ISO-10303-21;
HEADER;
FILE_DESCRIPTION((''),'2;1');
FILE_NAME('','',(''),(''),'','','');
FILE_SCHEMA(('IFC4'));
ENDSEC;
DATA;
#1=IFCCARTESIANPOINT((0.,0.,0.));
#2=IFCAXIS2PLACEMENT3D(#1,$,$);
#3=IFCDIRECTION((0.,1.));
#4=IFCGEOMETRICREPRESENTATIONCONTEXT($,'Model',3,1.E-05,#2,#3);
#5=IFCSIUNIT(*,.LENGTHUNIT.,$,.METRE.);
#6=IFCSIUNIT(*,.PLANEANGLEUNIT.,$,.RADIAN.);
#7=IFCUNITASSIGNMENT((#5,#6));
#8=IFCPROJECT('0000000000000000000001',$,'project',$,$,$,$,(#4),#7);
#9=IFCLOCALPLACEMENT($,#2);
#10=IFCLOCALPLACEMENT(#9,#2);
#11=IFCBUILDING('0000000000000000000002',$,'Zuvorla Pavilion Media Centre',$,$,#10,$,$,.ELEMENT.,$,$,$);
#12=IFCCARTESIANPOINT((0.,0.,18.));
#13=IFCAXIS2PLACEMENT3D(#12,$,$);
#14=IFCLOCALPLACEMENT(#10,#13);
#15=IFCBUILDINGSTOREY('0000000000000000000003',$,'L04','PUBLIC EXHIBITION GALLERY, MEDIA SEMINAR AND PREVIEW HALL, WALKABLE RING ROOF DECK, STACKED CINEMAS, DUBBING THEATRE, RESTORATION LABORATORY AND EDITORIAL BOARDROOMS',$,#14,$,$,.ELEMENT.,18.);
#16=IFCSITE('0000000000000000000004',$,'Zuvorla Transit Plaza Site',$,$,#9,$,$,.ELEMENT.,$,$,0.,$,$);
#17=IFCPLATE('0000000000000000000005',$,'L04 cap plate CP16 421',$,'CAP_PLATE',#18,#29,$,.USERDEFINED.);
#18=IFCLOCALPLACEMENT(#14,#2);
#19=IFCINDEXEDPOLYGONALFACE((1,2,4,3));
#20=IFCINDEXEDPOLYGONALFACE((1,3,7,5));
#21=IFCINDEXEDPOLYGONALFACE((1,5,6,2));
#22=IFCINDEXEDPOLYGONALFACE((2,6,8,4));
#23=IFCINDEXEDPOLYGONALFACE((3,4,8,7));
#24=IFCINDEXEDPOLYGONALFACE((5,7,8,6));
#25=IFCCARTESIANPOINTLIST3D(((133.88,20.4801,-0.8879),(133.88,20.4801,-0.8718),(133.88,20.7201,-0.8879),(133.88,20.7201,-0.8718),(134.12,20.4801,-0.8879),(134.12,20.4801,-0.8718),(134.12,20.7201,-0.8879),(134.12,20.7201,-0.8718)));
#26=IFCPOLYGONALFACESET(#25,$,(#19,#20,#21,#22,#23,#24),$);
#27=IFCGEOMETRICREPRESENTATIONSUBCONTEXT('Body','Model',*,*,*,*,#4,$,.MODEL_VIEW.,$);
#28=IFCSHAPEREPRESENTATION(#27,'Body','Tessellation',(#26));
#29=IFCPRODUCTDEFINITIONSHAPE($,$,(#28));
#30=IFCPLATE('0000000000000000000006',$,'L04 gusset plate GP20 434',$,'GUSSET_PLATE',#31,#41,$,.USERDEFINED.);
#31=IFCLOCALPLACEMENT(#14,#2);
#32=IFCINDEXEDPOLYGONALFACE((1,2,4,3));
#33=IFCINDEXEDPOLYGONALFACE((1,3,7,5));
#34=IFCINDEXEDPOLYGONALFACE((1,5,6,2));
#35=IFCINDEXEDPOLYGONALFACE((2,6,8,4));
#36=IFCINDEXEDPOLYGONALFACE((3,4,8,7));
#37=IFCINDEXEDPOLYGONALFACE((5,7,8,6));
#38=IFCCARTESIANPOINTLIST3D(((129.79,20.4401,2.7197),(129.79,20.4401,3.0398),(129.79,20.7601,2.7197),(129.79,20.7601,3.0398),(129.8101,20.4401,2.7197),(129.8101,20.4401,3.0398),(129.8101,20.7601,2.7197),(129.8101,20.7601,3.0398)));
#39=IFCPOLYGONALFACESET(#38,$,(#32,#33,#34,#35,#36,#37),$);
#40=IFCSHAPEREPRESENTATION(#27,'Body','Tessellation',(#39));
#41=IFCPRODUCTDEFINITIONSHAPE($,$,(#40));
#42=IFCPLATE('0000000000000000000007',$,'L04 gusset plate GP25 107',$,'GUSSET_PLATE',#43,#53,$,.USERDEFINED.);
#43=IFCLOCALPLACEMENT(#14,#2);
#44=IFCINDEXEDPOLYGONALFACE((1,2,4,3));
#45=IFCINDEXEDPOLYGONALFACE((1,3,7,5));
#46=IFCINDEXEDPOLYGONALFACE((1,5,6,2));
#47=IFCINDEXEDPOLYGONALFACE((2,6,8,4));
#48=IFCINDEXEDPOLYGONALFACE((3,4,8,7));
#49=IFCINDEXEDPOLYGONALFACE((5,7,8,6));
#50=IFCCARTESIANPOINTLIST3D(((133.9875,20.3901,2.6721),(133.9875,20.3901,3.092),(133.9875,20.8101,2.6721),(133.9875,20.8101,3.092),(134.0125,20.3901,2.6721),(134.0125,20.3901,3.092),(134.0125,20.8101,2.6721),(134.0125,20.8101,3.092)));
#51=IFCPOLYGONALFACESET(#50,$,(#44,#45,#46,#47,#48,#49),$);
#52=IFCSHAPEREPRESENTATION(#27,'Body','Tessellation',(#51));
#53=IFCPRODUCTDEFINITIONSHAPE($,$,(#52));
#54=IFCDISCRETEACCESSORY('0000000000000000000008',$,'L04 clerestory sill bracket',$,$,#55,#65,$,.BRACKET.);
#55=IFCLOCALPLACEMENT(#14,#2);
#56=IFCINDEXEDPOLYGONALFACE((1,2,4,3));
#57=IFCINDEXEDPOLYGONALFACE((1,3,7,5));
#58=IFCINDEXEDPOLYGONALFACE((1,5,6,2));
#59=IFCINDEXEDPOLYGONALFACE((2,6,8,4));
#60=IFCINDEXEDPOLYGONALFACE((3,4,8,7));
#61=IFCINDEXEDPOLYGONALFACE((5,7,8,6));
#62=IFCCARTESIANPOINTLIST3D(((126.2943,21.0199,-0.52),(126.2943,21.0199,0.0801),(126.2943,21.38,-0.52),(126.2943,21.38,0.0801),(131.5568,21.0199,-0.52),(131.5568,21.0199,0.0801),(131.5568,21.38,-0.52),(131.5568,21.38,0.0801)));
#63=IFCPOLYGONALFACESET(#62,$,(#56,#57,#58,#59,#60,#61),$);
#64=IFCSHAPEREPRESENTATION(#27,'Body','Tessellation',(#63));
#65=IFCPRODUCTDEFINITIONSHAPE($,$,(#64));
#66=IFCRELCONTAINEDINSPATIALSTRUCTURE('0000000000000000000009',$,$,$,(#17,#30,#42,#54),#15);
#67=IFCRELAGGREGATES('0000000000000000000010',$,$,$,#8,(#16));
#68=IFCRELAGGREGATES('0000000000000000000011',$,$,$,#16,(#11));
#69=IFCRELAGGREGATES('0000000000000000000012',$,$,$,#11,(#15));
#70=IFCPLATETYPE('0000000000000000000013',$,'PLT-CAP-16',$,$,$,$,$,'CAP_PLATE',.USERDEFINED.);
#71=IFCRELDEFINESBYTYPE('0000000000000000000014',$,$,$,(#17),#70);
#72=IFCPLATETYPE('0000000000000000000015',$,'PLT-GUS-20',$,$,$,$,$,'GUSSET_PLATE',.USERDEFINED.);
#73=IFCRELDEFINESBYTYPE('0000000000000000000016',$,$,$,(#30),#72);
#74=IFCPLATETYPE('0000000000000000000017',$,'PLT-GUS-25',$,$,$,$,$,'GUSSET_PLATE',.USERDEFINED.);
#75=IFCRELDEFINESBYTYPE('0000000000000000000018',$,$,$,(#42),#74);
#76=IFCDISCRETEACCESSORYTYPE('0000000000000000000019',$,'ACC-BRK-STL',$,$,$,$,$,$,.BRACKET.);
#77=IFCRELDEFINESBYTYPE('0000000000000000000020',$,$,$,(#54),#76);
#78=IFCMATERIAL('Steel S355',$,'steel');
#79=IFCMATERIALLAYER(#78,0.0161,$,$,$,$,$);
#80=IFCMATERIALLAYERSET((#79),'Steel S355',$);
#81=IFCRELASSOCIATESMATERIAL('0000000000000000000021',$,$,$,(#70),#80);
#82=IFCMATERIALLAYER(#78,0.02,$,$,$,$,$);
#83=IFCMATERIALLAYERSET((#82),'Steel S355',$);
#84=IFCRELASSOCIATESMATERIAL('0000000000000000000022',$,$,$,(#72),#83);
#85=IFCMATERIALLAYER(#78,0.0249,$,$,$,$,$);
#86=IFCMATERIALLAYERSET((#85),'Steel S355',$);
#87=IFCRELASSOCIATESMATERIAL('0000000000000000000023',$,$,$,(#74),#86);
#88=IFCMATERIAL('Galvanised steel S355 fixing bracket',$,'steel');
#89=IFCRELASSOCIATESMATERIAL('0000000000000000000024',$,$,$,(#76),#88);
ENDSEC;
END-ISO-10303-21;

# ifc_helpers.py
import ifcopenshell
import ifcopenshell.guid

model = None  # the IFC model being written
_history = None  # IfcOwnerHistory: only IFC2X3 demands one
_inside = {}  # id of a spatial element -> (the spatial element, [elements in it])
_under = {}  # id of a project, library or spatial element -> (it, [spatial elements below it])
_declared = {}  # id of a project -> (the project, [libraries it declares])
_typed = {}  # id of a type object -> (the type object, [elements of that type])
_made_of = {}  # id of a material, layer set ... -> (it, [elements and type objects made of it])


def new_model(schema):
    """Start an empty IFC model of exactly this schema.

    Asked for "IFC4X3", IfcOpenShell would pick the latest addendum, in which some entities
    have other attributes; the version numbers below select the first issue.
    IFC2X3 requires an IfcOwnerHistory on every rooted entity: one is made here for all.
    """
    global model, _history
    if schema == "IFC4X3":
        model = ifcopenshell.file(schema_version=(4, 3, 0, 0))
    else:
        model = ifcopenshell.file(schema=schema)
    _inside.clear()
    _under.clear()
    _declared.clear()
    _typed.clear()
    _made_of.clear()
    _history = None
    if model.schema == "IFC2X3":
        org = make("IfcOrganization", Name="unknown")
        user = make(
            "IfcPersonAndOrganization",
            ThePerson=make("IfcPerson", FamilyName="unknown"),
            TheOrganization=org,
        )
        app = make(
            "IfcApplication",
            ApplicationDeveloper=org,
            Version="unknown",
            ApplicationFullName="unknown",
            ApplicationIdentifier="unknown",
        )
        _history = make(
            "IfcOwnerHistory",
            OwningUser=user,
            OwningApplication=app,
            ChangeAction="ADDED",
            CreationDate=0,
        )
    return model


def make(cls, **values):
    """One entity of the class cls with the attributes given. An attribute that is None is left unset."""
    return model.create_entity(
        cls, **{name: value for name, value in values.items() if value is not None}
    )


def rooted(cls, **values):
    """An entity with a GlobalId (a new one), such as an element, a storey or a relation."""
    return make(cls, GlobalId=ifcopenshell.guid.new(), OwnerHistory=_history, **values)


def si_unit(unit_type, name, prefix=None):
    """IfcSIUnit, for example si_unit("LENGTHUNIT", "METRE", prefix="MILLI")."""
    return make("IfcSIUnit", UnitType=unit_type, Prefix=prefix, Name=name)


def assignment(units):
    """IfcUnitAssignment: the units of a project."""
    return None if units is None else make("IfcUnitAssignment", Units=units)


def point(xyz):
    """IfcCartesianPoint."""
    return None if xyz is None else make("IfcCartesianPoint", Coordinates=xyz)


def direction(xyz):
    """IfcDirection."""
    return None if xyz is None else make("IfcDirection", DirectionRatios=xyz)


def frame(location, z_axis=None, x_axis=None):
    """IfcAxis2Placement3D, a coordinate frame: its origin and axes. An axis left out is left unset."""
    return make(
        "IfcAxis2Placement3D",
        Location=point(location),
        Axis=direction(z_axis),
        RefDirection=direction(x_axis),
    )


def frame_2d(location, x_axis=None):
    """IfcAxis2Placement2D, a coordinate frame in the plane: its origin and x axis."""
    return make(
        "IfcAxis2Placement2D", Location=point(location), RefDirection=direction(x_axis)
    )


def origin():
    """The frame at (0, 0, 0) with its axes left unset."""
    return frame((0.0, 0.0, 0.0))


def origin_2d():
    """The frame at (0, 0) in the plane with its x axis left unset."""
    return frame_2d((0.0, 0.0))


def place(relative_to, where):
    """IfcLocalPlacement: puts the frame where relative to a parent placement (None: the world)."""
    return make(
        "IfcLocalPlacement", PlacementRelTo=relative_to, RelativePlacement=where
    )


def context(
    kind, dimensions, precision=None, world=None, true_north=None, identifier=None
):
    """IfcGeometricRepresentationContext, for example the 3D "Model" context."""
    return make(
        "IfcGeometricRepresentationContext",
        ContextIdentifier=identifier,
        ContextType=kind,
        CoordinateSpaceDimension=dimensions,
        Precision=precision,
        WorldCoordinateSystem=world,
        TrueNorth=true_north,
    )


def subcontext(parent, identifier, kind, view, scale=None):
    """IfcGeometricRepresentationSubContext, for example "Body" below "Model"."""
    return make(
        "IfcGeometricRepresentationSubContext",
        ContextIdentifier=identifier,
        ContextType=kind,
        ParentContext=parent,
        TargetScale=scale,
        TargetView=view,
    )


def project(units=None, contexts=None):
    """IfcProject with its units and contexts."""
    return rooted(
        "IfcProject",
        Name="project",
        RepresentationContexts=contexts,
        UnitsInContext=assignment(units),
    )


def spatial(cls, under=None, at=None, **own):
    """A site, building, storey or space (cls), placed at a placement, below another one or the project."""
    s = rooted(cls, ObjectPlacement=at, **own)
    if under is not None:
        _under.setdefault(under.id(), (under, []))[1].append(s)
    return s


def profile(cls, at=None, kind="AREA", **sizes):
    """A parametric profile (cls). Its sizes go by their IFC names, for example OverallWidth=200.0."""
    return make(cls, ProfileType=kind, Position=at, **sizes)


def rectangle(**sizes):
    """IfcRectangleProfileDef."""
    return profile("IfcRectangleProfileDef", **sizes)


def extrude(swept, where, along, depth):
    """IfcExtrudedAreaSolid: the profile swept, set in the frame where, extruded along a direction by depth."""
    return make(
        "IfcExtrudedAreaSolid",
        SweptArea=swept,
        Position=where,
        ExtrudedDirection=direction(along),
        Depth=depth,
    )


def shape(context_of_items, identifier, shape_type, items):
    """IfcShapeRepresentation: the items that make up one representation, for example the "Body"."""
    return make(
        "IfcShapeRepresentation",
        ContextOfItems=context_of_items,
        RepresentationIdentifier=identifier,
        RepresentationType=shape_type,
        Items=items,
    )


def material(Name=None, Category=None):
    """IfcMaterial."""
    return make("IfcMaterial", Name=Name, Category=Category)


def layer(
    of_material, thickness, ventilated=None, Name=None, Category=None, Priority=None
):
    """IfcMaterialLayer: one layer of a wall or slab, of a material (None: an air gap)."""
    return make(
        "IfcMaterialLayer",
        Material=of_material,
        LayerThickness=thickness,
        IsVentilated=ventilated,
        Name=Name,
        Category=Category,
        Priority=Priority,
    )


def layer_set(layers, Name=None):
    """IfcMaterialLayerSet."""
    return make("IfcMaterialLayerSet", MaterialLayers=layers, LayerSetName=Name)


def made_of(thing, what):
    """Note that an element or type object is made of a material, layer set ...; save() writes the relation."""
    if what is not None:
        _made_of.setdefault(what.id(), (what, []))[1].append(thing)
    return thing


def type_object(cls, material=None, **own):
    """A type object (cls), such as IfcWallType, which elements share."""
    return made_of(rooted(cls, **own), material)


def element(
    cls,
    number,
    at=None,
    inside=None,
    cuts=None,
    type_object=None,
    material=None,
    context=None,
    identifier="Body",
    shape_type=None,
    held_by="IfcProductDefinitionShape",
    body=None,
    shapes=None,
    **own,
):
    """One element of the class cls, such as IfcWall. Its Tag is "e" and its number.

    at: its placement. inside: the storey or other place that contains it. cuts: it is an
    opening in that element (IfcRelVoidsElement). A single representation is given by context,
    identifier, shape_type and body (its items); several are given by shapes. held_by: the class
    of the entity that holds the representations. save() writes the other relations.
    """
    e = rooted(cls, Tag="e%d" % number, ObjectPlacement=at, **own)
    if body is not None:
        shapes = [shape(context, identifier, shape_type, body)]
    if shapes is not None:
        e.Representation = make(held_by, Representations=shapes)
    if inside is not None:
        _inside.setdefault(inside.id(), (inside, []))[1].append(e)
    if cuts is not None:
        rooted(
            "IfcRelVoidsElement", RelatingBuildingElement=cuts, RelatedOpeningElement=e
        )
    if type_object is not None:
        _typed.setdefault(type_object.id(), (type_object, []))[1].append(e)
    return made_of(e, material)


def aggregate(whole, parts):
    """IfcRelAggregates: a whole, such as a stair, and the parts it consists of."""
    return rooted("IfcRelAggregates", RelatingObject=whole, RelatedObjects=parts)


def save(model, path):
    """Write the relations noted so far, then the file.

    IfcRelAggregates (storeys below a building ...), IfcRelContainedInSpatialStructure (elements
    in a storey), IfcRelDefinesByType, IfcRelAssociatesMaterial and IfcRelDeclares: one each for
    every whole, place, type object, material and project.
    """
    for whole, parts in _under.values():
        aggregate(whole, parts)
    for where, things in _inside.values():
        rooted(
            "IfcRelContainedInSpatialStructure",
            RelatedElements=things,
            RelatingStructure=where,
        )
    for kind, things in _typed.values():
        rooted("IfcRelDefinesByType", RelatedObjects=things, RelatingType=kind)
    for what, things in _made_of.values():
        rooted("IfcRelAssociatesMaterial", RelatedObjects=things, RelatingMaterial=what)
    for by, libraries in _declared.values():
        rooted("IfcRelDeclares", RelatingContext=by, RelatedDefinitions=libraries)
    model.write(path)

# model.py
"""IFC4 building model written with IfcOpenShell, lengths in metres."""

from ifc_helpers import new_model, si_unit, direction, frame, origin, origin_2d, place, context, subcontext, project, spatial, rectangle, extrude, material, layer, layer_set, type_object, element, save


model = new_model("IFC4")

# Units and contexts
model_context = context("Model", 3, precision=1e-05, world=origin(), true_north=direction((0.0, 1.0)))
body_context = subcontext(model_context, "Body", "Model", "MODEL_VIEW")
ifc_project = project(units=[si_unit("LENGTHUNIT", "METRE"), si_unit("PLANEANGLEUNIT", "RADIAN")], contexts=[model_context])

# Site, building, storey
site_placement = place(None, origin())
site = spatial("IfcSite", under=ifc_project, at=site_placement, Name="Zuvorla Transit Plaza Site", CompositionType="ELEMENT", RefElevation=0.0)
building_placement = place(site_placement, origin())
building = spatial("IfcBuilding", under=site, at=building_placement, Name="Zuvorla Pavilion Media Centre", CompositionType="ELEMENT")
storey_placement = place(building_placement, frame((0.0, 0.0, 18.0)))
storey = spatial("IfcBuildingStorey", under=building, at=storey_placement, Name="L04", Description="PUBLIC EXHIBITION GALLERY, MEDIA SEMINAR AND PREVIEW HALL, WALKABLE RING ROOF DECK, STACKED CINEMAS, DUBBING THEATRE, RESTORATION LABORATORY AND EDITORIAL BOARDROOMS", CompositionType="ELEMENT", Elevation=18.0)

# Shared definitions
ifc_material_1 = material(Name="Steel S355", Category="steel")

# Plates
ifc_layer_1 = layer(ifc_material_1, 0.0161)
ifc_layer_set_1 = layer_set([ifc_layer_1], Name="Steel S355")
plate_type_1 = type_object("IfcPlateType", Name="PLT-CAP-16", ElementType="CAP_PLATE", PredefinedType="USERDEFINED", material=ifc_layer_set_1)
plate_1_placement = place(storey_placement, frame((134.0, 20.6001, -0.8879), z_axis=(0.0, 0.0, 1.0), x_axis=(1.0, 0.0, 0.0)))
element("IfcPlate", 1, at=plate_1_placement, inside=storey, type_object=plate_type_1, Name="L04 cap plate CP16 421", ObjectType="CAP_PLATE", PredefinedType="USERDEFINED", context=body_context, shape_type="SweptSolid", body=[
    extrude(rectangle(XDim=0.24, YDim=0.24, at=origin_2d()), origin(), (0.0, 0.0, 1.0), 0.0161),
])
ifc_layer_2 = layer(ifc_material_1, 0.02)
ifc_layer_set_2 = layer_set([ifc_layer_2], Name="Steel S355")
plate_type_2 = type_object("IfcPlateType", Name="PLT-GUS-20", ElementType="GUSSET_PLATE", PredefinedType="USERDEFINED", material=ifc_layer_set_2)
plate_2_placement = place(storey_placement, frame((129.8, 20.6001, 2.7197), z_axis=(0.0, 0.0, 1.0), x_axis=(1.0, 0.0, 0.0)))
element("IfcPlate", 2, at=plate_2_placement, inside=storey, type_object=plate_type_2, Name="L04 gusset plate GP20 434", ObjectType="GUSSET_PLATE", PredefinedType="USERDEFINED", context=body_context, shape_type="SweptSolid", body=[
    extrude(rectangle(XDim=0.02, YDim=0.3201, at=origin_2d()), origin(), (0.0, 0.0, 1.0), 0.3201),
])
ifc_layer_3 = layer(ifc_material_1, 0.0249)
ifc_layer_set_3 = layer_set([ifc_layer_3], Name="Steel S355")
plate_type_3 = type_object("IfcPlateType", Name="PLT-GUS-25", ElementType="GUSSET_PLATE", PredefinedType="USERDEFINED", material=ifc_layer_set_3)
plate_3_placement = place(storey_placement, frame((134.0, 20.6001, 2.6721), z_axis=(0.0, 0.0, 1.0), x_axis=(1.0, 0.0, 0.0)))
element("IfcPlate", 3, at=plate_3_placement, inside=storey, type_object=plate_type_3, Name="L04 gusset plate GP25 107", ObjectType="GUSSET_PLATE", PredefinedType="USERDEFINED", context=body_context, shape_type="SweptSolid", body=[
    extrude(rectangle(XDim=0.0249, YDim=0.4199, at=origin_2d()), origin(), (0.0, 0.0, 1.0), 0.4199),
])

# Discrete accessory
ifc_material_2 = material(Name="Galvanised steel S355 fixing bracket", Category="steel")
discrete_accessory_type = type_object("IfcDiscreteAccessoryType", Name="ACC-BRK-STL", PredefinedType="BRACKET", material=ifc_material_2)
discrete_accessory_placement = place(storey_placement, frame((128.9255, 21.2, -0.52), z_axis=(0.0, 0.0, 1.0), x_axis=(1.0, 0.0, 0.0)))
element("IfcDiscreteAccessory", 4, at=discrete_accessory_placement, inside=storey, type_object=discrete_accessory_type, Name="L04 clerestory sill bracket", PredefinedType="BRACKET", context=body_context, shape_type="SweptSolid", body=[
    extrude(rectangle(XDim=5.2625, YDim=0.3601, at=origin_2d()), origin(), (0.0, 0.0, 1.0), 0.6001),
])

save(model, "model.ifc")
